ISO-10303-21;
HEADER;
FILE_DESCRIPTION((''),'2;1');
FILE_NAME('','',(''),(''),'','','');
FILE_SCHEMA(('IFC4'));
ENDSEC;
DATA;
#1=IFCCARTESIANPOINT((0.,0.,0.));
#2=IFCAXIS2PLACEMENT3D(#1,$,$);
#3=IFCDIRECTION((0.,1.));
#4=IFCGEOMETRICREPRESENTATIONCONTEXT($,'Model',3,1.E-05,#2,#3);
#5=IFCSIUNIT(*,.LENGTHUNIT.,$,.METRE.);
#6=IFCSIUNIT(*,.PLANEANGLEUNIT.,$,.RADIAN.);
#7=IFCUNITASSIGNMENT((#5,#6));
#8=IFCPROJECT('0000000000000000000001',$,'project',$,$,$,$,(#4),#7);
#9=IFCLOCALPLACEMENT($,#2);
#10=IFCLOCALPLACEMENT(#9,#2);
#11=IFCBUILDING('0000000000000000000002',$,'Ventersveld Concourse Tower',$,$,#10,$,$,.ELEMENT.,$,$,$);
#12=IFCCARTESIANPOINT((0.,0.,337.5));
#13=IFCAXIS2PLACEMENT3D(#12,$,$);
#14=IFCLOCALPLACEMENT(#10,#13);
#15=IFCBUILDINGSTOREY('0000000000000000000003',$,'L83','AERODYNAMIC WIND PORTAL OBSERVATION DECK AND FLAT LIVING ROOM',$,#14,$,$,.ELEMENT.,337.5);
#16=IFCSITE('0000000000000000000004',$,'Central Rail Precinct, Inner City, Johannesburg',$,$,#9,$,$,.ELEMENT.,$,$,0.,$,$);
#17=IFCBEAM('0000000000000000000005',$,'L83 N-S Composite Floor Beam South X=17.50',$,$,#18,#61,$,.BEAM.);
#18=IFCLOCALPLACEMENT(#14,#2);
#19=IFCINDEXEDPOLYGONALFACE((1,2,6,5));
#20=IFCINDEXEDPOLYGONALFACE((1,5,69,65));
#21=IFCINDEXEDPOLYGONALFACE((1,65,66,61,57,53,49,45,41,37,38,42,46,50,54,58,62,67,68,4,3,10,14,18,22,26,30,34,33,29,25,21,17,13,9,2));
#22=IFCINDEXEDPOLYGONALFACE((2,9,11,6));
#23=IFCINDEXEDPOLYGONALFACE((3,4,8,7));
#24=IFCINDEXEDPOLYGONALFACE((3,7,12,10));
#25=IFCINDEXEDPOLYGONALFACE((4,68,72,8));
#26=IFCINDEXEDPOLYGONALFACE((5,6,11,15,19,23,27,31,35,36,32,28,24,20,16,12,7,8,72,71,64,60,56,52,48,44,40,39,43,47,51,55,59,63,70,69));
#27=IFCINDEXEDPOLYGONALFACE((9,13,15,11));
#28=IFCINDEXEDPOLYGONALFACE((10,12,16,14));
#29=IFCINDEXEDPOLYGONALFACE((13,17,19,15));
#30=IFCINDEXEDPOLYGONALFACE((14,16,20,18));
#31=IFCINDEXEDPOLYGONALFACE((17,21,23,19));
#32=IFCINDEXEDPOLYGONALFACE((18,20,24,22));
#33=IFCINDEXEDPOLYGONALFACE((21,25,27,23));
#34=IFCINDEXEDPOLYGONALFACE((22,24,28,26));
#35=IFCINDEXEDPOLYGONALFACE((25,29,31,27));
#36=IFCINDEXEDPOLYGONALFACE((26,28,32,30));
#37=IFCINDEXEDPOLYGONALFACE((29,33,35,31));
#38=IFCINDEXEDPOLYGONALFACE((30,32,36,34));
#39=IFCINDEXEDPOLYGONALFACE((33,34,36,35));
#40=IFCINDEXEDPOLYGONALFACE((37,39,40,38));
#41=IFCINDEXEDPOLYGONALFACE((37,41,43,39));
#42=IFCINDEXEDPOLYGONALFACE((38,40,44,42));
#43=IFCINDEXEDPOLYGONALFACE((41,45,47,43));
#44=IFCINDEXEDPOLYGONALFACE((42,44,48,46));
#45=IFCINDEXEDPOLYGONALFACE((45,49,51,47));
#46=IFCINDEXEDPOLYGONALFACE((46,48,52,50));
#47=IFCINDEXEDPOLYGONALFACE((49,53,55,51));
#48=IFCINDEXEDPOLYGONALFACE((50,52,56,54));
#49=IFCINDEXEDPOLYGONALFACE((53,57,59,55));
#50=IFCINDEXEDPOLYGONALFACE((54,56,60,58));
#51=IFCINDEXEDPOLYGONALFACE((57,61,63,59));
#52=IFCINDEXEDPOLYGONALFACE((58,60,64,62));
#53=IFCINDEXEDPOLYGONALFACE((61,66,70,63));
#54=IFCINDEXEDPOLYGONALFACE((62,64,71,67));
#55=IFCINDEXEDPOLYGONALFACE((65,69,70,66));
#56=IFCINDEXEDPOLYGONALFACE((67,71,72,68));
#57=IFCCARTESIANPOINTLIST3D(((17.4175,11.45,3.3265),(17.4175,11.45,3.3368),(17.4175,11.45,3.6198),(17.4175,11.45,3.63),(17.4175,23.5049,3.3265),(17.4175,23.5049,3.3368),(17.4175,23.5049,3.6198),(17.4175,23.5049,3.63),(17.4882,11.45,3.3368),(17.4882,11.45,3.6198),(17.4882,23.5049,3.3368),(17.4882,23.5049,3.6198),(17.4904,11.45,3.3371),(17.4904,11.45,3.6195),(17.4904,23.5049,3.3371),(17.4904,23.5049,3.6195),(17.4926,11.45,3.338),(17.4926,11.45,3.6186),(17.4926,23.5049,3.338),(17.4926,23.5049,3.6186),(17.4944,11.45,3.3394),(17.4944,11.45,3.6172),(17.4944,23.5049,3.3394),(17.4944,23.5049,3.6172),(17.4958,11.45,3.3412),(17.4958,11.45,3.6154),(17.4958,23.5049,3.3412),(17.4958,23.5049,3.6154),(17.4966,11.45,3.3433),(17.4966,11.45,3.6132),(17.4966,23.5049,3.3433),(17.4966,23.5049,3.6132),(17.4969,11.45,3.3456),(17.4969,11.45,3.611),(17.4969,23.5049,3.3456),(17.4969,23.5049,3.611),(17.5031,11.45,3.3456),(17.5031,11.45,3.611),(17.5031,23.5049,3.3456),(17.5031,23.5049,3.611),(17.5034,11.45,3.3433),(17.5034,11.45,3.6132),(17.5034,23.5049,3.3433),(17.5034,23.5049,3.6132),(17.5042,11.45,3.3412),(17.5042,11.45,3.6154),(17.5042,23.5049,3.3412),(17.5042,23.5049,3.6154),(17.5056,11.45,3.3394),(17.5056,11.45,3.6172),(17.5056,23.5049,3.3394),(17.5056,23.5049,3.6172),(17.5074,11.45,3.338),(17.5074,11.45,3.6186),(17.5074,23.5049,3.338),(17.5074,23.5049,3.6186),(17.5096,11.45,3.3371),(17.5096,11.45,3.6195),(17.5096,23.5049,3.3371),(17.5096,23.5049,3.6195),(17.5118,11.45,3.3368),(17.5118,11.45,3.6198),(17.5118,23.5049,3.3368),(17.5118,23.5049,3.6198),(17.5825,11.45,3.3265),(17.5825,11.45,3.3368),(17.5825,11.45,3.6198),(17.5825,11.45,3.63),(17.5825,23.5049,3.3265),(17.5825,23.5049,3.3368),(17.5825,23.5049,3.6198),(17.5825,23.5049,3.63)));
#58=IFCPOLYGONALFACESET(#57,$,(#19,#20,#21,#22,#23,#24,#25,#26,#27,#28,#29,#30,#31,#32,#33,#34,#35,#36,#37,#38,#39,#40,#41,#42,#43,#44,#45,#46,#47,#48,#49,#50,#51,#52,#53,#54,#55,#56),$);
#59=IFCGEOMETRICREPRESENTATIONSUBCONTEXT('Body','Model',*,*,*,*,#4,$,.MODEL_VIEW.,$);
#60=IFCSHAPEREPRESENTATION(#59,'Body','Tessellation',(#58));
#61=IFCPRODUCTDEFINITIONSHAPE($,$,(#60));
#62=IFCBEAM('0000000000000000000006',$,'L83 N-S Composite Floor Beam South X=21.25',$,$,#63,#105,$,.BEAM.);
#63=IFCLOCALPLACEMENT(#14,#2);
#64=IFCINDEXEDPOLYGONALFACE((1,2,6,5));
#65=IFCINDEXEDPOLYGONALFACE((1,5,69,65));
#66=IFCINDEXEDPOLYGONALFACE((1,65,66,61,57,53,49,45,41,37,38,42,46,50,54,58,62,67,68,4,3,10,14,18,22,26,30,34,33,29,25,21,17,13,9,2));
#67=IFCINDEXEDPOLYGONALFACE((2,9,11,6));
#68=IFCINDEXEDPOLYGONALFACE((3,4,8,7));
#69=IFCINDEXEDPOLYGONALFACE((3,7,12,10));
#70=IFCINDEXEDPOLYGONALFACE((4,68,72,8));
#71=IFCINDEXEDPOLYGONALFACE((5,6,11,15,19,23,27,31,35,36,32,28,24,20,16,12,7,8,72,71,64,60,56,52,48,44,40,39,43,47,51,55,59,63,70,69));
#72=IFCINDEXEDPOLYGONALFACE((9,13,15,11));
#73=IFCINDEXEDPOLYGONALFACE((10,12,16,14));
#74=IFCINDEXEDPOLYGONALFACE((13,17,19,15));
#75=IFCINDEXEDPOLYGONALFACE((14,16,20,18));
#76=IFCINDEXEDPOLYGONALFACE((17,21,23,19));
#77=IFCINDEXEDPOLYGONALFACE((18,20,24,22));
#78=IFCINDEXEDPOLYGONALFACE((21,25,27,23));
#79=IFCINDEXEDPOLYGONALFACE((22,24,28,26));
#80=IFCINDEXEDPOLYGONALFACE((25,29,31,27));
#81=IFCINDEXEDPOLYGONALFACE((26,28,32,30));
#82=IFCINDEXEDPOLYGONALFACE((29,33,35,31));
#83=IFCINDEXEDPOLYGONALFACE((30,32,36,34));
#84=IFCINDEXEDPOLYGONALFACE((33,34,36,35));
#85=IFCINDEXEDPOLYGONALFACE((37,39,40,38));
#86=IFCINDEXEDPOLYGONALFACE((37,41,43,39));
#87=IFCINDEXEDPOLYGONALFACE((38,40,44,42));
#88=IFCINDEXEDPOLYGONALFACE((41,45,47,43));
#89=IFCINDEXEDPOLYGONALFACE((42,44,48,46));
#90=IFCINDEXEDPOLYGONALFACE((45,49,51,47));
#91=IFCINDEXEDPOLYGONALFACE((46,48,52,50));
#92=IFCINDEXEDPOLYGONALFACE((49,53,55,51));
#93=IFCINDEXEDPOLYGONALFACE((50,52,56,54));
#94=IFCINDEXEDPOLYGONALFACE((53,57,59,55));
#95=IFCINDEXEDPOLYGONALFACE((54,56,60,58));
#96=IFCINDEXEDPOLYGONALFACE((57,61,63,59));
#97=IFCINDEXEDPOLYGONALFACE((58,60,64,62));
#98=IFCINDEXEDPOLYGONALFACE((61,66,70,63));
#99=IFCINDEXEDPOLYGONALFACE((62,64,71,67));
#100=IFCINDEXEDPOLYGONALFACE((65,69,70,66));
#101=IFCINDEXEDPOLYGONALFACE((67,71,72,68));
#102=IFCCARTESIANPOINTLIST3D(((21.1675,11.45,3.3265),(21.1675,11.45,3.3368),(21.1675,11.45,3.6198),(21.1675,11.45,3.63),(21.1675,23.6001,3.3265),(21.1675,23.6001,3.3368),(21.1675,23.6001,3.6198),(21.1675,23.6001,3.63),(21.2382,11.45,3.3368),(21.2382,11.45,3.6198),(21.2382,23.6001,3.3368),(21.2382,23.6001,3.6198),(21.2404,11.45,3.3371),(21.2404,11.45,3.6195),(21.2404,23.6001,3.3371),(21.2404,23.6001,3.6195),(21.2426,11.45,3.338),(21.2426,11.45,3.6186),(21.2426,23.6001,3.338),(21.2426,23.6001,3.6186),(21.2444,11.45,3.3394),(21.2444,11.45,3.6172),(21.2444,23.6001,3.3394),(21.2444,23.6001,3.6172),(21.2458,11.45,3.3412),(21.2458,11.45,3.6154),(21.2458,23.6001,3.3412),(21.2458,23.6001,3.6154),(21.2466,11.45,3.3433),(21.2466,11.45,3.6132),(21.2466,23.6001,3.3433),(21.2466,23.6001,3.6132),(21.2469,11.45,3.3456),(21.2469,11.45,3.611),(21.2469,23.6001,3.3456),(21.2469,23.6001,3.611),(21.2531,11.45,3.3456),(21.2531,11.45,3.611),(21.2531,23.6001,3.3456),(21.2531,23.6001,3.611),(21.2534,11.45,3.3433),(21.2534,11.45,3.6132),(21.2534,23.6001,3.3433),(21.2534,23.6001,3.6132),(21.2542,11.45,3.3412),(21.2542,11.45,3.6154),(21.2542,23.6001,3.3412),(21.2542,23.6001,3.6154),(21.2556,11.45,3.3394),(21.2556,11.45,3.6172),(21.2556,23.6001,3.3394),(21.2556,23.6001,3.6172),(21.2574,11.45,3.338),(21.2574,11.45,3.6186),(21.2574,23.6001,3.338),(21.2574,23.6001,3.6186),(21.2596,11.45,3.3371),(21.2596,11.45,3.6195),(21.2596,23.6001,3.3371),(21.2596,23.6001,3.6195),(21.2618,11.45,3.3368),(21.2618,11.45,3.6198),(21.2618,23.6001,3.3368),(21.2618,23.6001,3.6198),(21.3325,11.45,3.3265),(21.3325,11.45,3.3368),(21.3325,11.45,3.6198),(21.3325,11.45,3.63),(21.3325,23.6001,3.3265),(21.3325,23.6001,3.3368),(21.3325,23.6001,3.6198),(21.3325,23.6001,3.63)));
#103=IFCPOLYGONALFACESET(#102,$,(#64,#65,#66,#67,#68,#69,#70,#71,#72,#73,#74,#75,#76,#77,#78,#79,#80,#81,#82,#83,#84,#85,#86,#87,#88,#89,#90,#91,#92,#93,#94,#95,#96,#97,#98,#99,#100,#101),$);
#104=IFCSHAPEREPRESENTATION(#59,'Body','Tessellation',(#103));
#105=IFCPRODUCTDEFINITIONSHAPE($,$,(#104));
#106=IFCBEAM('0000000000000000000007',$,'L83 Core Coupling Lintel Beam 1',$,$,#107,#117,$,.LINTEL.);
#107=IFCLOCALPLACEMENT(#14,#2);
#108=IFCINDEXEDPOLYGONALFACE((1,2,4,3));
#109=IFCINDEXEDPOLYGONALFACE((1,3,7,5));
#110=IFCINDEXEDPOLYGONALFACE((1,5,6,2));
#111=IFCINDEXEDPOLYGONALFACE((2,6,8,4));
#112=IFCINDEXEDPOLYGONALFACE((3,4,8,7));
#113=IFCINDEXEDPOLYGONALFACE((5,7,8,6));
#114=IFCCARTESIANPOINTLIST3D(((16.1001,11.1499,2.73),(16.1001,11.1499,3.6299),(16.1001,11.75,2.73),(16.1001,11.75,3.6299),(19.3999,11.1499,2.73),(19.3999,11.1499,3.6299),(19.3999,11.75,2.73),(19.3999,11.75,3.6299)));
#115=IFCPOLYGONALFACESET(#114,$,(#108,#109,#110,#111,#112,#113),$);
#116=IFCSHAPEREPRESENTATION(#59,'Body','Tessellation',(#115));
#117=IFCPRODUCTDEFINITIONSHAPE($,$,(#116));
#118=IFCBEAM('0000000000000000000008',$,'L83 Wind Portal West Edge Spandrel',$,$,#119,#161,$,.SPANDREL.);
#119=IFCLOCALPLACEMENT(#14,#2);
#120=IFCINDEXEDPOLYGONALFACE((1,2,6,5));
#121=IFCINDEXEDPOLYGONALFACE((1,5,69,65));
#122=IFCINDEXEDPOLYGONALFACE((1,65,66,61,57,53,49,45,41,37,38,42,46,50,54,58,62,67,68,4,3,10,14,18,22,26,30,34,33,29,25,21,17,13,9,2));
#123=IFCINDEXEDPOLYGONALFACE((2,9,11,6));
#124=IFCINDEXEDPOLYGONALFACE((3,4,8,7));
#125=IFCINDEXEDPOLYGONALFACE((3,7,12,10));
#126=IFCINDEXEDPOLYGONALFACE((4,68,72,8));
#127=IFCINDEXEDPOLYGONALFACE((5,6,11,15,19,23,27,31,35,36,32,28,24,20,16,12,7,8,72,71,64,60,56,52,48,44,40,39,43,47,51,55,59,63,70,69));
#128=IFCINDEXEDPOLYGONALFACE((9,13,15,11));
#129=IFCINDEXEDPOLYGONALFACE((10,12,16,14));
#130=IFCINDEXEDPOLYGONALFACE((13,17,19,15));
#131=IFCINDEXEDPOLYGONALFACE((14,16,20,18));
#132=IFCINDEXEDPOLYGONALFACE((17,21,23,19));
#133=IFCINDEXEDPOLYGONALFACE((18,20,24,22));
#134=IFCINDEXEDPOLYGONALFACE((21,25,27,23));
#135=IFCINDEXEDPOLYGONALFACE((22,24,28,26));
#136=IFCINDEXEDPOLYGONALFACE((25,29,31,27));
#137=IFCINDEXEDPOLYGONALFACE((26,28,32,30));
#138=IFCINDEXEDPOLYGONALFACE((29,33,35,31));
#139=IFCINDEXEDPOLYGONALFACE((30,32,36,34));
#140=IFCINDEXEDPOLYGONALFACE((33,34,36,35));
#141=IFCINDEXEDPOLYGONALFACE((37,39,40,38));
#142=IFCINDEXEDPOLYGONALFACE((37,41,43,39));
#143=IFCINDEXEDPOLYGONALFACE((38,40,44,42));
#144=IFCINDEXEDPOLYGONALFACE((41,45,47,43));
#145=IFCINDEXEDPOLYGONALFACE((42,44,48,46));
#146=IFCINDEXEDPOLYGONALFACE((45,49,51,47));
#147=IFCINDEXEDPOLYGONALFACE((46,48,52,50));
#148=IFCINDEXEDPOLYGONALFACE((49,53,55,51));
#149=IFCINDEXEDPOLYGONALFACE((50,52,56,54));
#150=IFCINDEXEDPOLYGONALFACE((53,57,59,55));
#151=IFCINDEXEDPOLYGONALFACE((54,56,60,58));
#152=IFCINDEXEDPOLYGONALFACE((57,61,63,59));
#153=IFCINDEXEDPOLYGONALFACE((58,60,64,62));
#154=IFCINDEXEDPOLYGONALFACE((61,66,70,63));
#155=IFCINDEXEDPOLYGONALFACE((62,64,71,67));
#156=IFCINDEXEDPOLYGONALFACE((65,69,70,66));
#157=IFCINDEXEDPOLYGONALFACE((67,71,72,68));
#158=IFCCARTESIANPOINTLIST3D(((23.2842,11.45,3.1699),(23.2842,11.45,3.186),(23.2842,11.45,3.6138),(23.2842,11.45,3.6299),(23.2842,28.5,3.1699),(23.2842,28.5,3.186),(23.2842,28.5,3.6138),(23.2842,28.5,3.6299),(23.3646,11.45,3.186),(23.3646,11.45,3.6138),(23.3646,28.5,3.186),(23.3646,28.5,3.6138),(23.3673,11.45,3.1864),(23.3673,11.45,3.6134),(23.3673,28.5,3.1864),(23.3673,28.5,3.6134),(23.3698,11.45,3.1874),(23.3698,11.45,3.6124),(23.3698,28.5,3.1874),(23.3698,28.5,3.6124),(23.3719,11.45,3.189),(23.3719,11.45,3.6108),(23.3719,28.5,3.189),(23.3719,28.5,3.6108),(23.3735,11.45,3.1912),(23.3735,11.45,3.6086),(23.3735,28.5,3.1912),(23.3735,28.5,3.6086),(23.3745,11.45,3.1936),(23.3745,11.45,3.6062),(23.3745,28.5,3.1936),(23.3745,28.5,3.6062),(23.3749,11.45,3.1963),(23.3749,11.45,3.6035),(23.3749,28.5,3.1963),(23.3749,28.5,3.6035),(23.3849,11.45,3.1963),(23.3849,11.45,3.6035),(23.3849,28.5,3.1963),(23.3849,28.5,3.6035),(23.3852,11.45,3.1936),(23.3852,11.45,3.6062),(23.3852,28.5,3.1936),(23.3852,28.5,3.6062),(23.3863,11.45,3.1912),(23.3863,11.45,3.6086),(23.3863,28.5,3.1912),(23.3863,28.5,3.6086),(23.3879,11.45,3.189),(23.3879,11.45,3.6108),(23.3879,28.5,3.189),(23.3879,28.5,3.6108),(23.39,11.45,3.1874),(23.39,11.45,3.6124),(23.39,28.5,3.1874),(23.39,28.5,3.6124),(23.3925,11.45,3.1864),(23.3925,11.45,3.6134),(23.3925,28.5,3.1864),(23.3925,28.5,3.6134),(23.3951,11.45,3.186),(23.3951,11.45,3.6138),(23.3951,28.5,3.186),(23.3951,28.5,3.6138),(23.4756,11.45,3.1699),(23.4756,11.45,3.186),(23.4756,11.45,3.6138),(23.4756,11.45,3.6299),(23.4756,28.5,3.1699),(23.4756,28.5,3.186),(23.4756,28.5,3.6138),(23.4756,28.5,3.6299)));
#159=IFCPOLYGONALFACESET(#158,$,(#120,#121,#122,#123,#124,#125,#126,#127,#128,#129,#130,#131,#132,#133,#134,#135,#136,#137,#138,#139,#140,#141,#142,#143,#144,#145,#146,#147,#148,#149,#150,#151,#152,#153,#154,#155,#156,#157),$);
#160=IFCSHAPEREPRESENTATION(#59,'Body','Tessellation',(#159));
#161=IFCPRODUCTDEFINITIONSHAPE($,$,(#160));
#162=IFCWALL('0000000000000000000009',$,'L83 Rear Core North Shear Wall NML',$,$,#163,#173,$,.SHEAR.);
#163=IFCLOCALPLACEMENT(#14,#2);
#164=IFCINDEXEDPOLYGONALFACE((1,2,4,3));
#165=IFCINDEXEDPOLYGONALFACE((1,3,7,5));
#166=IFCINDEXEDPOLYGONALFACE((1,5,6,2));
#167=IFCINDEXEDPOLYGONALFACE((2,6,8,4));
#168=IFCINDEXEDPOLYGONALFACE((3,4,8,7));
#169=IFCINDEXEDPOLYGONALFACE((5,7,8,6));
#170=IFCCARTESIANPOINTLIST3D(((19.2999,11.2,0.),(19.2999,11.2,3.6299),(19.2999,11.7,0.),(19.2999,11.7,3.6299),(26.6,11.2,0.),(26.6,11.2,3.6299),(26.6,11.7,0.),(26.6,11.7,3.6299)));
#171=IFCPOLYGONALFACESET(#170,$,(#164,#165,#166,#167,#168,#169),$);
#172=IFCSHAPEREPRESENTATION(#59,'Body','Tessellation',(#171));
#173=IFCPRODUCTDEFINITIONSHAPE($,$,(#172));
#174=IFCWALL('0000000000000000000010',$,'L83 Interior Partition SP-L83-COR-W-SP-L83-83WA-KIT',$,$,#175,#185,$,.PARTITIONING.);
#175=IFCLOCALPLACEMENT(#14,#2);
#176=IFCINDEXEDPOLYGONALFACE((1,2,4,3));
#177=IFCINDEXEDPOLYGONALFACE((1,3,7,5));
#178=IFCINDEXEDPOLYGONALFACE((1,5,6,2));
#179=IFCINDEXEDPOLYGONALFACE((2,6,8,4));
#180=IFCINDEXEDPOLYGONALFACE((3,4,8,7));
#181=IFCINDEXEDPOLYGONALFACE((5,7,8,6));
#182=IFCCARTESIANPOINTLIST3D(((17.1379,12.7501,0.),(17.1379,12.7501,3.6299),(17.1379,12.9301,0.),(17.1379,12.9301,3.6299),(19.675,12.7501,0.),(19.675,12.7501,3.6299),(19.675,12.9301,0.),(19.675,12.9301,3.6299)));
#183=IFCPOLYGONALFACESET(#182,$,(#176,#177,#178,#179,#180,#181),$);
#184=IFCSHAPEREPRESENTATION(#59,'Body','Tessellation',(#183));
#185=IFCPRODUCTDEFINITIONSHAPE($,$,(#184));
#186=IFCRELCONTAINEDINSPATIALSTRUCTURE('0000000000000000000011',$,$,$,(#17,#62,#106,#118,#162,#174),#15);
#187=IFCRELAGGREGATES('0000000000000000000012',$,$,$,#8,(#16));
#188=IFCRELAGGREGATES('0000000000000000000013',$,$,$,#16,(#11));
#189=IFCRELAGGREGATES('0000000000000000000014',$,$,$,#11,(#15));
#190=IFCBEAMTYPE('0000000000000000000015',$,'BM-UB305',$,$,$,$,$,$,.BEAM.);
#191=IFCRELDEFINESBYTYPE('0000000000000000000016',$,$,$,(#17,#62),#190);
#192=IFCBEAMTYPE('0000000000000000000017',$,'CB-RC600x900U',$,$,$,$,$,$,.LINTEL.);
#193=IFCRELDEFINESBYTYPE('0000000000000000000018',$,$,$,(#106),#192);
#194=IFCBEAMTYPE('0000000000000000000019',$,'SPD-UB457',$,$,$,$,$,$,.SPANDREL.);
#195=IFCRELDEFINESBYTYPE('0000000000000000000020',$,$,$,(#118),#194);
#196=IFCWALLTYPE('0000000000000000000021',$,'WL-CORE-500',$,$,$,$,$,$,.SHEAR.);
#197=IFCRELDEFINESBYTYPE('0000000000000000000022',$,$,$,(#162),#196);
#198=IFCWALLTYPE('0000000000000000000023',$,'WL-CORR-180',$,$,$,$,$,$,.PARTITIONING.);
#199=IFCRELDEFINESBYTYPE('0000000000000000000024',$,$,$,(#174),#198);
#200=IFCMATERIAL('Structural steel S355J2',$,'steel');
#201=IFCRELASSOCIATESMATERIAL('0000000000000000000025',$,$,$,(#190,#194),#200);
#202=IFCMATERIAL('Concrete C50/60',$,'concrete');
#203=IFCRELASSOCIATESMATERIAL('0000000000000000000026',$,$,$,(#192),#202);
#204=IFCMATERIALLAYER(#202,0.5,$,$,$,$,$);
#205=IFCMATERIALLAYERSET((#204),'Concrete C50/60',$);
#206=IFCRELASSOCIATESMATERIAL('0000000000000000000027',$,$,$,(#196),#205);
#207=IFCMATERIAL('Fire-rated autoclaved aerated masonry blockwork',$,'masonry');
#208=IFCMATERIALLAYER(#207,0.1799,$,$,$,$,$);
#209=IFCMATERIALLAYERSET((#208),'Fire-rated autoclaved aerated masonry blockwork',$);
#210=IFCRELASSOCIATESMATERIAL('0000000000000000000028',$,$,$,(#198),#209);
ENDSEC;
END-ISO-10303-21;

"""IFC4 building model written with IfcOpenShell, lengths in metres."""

from ifc_helpers import new_model, si_unit, direction, frame, frame_2d, origin, origin_2d, place, context, subcontext, project, spatial, rectangle, i_section, extrude, material, layer, layer_set, material_profile, profile_set, type_object, element, save


model = new_model("IFC4")

# Units and contexts
model_context = context("Model", 3, precision=1e-05, world=origin(), true_north=direction((0.0, 1.0)))
body_context = subcontext(model_context, "Body", "Model", "MODEL_VIEW")
ifc_project = project(units=[si_unit("LENGTHUNIT", "METRE"), si_unit("PLANEANGLEUNIT", "RADIAN")], contexts=[model_context])

# Site, building, storey
site_placement = place(None, origin())
site = spatial("IfcSite", under=ifc_project, at=site_placement, Name="Central Rail Precinct, Inner City, Johannesburg", CompositionType="ELEMENT", RefElevation=0.0)
building_placement = place(site_placement, origin())
building = spatial("IfcBuilding", under=site, at=building_placement, Name="Ventersveld Concourse Tower", CompositionType="ELEMENT")
storey_placement = place(building_placement, frame((0.0, 0.0, 337.5)))
storey = spatial("IfcBuildingStorey", under=building, at=storey_placement, Name="L83", Description="AERODYNAMIC WIND PORTAL OBSERVATION DECK AND FLAT LIVING ROOM", CompositionType="ELEMENT", Elevation=337.5)

# Beams
ifc_material_1 = material(Name="Structural steel S355J2", Category="steel")
ifc_material_profile_1 = material_profile(ifc_material_1, i_section(OverallWidth=0.165, OverallDepth=0.3035, WebThickness=0.0061, FlangeThickness=0.0103, FilletRadius=0.0088, at=origin_2d()), Name="UB 305x165x40")
ifc_profile_set_1 = profile_set([ifc_material_profile_1], Name="Structural steel S355J2")
beam_type_1 = type_object("IfcBeamType", Name="BM-UB305", PredefinedType="BEAM", material=ifc_profile_set_1)
beam_1_placement = place(storey_placement, frame((17.5, 11.45, 3.4783), z_axis=(0.0, 1.0, 0.0), x_axis=(-1.0, 0.0, 0.0)))
element("IfcBeam", 1, at=beam_1_placement, inside=storey, type_object=beam_type_1, Name="L83 N-S Composite Floor Beam South X=17.50", PredefinedType="BEAM", context=body_context, shape_type="SweptSolid", body=[
    extrude(i_section(OverallWidth=0.165, OverallDepth=0.3035, WebThickness=0.0061, FlangeThickness=0.0103, FilletRadius=0.0088, at=origin_2d()), origin(), (0.0, 0.0, 1.0), 12.0549),
])
beam_2_placement = place(storey_placement, frame((21.25, 11.45, 3.4783), z_axis=(0.0, 1.0, 0.0), x_axis=(-1.0, 0.0, 0.0)))
element("IfcBeam", 2, at=beam_2_placement, inside=storey, type_object=beam_type_1, Name="L83 N-S Composite Floor Beam South X=21.25", PredefinedType="BEAM", context=body_context, shape_type="SweptSolid", body=[
    extrude(i_section(OverallWidth=0.165, OverallDepth=0.3035, WebThickness=0.0061, FlangeThickness=0.0103, FilletRadius=0.0088, at=origin_2d()), origin(), (0.0, 0.0, 1.0), 12.1501),
])
ifc_material_2 = material(Name="Concrete C50/60", Category="concrete")
ifc_material_profile_2 = material_profile(ifc_material_2, rectangle(XDim=0.6001, YDim=0.8999, at=origin_2d()), Name="RC 600x900")
ifc_profile_set_2 = profile_set([ifc_material_profile_2], Name="Concrete C50/60")
beam_type_2 = type_object("IfcBeamType", Name="CB-RC600x900U", PredefinedType="LINTEL", material=ifc_profile_set_2)
beam_3_placement = place(storey_placement, frame((16.1001, 11.45, 3.1799), z_axis=(1.0, 0.0, 0.0), x_axis=(0.0, 1.0, 0.0)))
element("IfcBeam", 3, at=beam_3_placement, inside=storey, type_object=beam_type_2, Name="L83 Core Coupling Lintel Beam 1", PredefinedType="LINTEL", context=body_context, shape_type="SweptSolid", body=[
    extrude(rectangle(XDim=0.6001, YDim=0.8999, at=origin_2d()), origin(), (0.0, 0.0, 1.0), 3.2998),
])
ifc_material_profile_3 = material_profile(ifc_material_1, i_section(OverallWidth=0.1914, OverallDepth=0.46, WebThickness=0.01, FlangeThickness=0.0161, FilletRadius=0.0103, at=origin_2d()), Name="UB 457x191x82")
ifc_profile_set_3 = profile_set([ifc_material_profile_3], Name="Structural steel S355J2")
beam_type_3 = type_object("IfcBeamType", Name="SPD-UB457", PredefinedType="SPANDREL", material=ifc_profile_set_3)
beam_4_placement = place(storey_placement, frame((23.3799, 11.45, 3.3999), z_axis=(0.0, 1.0, 0.0), x_axis=(-1.0, 0.0, 0.0)))
element("IfcBeam", 4, at=beam_4_placement, inside=storey, type_object=beam_type_3, Name="L83 Wind Portal West Edge Spandrel", PredefinedType="SPANDREL", context=body_context, shape_type="SweptSolid", body=[
    extrude(i_section(OverallWidth=0.1914, OverallDepth=0.46, WebThickness=0.01, FlangeThickness=0.0161, FilletRadius=0.0103, at=origin_2d()), origin(), (0.0, 0.0, 1.0), 17.05),
])

# Walls
ifc_layer_1 = layer(ifc_material_2, 0.5)
ifc_layer_set_1 = layer_set([ifc_layer_1], Name="Concrete C50/60")
wall_type_1 = type_object("IfcWallType", Name="WL-CORE-500", PredefinedType="SHEAR", material=ifc_layer_set_1)
wall_1_placement = place(storey_placement, frame((19.3, 11.45, 0.0), z_axis=(0.0, 0.0, 1.0), x_axis=(1.0, 0.0, 0.0)))
element("IfcWall", 5, at=wall_1_placement, inside=storey, type_object=wall_type_1, Name="L83 Rear Core North Shear Wall NML", PredefinedType="SHEAR", context=body_context, shape_type="SweptSolid", body=[
    extrude(rectangle(XDim=7.3, YDim=0.5, at=frame_2d((3.6499, 0.0))), origin(), (0.0, 0.0, 1.0), 3.6299),
])
ifc_material_3 = material(Name="Fire-rated autoclaved aerated masonry blockwork", Category="masonry")
ifc_layer_2 = layer(ifc_material_3, 0.1799)
ifc_layer_set_2 = layer_set([ifc_layer_2], Name="Fire-rated autoclaved aerated masonry blockwork")
wall_type_2 = type_object("IfcWallType", Name="WL-CORR-180", PredefinedType="PARTITIONING", material=ifc_layer_set_2)
wall_2_placement = place(storey_placement, frame((17.1379, 12.8401, 0.0), z_axis=(0.0, 0.0, 1.0), x_axis=(1.0, 0.0, 0.0)))
element("IfcWall", 6, at=wall_2_placement, inside=storey, type_object=wall_type_2, Name="L83 Interior Partition SP-L83-COR-W-SP-L83-83WA-KIT", PredefinedType="PARTITIONING", context=body_context, shape_type="SweptSolid", body=[
    extrude(rectangle(XDim=2.5371, YDim=0.1799, at=frame_2d((1.2686, 0.0))), origin(), (0.0, 0.0, 1.0), 3.6299),
])

save(model, "model.ifc")
